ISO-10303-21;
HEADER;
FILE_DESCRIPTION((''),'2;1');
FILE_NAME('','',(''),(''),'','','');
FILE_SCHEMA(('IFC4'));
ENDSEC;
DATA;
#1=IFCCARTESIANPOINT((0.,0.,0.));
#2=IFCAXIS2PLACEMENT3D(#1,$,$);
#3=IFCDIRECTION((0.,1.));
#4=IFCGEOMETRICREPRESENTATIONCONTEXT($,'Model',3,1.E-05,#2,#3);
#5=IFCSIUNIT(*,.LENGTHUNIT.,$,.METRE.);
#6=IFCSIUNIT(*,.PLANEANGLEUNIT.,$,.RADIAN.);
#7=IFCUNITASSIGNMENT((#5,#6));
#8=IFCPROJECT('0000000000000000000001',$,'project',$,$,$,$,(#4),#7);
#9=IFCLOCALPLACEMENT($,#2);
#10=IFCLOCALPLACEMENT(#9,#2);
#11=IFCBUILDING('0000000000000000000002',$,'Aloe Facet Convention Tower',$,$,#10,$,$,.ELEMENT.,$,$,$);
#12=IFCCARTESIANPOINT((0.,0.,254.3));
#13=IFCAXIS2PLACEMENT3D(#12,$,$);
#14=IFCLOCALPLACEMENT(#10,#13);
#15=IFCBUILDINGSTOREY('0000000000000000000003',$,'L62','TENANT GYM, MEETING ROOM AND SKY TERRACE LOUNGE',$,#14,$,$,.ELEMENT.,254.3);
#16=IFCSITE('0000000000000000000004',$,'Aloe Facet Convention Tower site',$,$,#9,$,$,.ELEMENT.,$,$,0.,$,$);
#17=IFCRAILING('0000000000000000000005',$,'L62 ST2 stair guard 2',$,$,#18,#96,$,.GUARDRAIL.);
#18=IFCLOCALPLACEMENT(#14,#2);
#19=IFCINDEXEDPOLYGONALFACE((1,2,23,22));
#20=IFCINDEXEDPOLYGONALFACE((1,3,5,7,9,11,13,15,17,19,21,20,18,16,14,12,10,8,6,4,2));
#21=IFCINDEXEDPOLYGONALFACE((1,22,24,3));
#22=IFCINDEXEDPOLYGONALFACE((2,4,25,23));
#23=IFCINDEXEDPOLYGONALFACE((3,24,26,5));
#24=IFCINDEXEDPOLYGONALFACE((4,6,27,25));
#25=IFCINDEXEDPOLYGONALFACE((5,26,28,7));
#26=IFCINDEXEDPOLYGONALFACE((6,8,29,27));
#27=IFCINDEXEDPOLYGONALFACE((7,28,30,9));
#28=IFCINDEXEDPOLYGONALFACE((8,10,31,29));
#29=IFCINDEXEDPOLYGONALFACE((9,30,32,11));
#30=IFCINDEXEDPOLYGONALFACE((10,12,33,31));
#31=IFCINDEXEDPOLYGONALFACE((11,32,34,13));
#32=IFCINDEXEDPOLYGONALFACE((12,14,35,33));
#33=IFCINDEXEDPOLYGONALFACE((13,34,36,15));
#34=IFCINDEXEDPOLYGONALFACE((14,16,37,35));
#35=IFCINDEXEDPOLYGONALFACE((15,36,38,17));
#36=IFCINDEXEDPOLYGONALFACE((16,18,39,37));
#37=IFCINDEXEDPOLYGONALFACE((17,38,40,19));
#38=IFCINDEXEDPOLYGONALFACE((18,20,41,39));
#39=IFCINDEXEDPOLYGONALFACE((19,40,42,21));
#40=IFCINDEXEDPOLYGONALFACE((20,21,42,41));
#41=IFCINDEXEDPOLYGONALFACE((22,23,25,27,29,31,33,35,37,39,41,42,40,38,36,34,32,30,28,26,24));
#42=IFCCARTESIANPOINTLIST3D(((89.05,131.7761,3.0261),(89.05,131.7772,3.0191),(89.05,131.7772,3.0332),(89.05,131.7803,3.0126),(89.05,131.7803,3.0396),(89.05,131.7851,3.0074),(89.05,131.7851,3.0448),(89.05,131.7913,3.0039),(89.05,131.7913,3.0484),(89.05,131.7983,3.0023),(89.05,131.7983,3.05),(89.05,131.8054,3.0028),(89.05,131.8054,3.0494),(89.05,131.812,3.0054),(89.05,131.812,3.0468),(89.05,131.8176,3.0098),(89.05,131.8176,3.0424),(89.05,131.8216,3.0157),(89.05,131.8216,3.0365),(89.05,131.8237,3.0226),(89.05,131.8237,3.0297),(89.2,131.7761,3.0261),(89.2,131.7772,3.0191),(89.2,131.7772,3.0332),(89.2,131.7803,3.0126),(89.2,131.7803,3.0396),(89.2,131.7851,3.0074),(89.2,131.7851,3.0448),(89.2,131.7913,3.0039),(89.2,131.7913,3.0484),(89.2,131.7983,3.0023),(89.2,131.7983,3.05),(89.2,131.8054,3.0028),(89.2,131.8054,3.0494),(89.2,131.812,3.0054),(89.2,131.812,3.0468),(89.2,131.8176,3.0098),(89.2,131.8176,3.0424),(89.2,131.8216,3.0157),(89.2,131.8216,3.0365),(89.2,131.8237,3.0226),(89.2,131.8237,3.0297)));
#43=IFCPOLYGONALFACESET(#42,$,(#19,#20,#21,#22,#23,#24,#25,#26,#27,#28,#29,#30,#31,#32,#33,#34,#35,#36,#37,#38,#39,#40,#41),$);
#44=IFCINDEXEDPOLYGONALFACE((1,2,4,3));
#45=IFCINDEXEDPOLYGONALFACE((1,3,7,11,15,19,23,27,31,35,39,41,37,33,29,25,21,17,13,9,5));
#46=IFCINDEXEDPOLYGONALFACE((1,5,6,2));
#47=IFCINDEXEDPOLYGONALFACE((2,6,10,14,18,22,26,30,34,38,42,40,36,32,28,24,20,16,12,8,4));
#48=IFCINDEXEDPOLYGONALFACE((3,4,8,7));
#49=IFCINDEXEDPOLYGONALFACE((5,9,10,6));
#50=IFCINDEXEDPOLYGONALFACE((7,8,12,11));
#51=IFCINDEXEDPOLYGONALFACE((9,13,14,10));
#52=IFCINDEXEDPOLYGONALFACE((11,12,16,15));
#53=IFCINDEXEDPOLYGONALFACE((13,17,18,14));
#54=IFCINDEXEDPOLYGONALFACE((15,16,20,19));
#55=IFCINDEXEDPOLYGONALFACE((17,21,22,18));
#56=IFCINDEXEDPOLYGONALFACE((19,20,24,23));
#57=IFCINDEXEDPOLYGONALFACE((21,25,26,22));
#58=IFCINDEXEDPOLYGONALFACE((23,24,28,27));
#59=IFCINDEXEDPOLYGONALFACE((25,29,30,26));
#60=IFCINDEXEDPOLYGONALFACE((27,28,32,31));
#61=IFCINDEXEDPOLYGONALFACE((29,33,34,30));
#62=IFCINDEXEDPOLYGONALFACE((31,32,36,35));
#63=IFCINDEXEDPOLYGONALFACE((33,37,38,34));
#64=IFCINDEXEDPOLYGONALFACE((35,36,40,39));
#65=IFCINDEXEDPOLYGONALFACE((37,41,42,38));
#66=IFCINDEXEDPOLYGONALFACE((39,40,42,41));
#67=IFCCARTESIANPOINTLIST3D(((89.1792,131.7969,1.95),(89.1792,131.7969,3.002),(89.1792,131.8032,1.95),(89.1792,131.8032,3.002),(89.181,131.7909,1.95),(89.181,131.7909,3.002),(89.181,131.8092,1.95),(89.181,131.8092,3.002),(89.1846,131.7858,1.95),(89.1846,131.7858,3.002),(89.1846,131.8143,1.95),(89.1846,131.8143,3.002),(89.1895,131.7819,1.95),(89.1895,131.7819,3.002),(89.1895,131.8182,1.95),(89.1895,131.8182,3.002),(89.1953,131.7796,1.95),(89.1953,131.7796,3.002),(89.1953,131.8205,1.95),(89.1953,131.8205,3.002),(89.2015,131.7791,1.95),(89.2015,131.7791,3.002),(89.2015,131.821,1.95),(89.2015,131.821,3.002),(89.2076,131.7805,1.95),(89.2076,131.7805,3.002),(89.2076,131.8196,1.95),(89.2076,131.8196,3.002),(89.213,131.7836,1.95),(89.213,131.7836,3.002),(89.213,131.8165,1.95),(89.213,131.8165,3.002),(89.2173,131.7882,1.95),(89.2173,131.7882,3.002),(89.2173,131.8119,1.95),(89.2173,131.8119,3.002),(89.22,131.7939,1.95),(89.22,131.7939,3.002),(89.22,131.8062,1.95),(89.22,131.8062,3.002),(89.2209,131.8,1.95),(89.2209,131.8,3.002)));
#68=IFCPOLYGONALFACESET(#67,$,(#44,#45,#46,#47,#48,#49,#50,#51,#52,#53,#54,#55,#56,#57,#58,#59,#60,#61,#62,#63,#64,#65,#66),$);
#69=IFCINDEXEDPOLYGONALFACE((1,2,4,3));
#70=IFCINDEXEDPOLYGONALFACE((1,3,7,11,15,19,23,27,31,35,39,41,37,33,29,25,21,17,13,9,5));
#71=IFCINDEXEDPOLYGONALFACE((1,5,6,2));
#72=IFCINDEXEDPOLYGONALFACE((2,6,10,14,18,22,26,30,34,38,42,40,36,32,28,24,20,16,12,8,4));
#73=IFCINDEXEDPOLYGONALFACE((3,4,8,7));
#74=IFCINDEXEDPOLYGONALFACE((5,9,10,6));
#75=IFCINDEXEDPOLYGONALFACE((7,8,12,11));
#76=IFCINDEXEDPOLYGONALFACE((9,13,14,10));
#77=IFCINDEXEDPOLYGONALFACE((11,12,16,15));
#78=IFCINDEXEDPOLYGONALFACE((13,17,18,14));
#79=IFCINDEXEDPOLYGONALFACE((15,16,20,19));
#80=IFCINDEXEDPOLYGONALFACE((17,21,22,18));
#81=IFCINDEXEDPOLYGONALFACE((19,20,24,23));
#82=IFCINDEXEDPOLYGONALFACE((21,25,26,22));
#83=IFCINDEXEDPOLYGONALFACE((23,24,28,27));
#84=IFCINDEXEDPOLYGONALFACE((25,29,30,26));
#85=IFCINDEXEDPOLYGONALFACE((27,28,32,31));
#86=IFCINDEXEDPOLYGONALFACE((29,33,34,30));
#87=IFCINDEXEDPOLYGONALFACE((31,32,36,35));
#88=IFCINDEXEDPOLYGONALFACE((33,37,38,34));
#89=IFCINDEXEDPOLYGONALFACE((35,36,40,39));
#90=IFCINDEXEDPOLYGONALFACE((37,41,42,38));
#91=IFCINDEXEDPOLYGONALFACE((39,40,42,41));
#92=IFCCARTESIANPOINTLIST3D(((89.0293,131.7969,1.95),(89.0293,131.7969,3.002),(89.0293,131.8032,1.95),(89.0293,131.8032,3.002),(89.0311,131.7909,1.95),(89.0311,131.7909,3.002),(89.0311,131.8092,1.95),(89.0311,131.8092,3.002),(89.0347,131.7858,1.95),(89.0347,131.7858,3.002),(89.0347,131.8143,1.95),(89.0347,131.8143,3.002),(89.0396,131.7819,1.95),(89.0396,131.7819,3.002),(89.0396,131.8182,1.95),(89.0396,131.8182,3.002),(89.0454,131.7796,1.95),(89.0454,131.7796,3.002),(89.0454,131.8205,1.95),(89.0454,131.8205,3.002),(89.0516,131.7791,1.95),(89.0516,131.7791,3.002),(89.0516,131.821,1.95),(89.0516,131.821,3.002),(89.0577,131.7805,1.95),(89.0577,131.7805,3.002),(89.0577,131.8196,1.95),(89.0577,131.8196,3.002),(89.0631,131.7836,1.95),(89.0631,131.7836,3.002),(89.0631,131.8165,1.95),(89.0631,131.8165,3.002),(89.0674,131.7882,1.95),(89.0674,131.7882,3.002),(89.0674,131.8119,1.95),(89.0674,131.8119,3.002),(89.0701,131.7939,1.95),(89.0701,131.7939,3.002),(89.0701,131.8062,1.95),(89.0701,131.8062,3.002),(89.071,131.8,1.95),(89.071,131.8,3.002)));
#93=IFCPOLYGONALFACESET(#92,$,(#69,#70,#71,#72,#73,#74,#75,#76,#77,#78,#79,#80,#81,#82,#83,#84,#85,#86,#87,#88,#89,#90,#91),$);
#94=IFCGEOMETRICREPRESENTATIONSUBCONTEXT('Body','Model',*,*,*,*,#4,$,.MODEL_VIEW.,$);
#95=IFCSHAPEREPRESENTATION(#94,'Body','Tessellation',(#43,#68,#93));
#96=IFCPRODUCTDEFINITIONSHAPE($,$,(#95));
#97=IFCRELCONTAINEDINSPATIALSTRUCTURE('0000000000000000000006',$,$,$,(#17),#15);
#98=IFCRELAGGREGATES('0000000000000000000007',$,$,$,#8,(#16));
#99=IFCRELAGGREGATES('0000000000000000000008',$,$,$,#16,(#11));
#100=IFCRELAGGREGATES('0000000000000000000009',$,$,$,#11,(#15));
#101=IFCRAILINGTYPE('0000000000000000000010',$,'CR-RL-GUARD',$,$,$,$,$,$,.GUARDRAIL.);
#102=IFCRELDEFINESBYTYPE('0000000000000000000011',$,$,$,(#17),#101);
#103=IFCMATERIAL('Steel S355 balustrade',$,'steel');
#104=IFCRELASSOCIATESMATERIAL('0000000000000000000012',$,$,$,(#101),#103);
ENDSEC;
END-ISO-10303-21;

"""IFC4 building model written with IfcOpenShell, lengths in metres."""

from ifc_helpers import new_model, si_unit, direction, frame, origin, origin_2d, place, context, subcontext, project, spatial, circle, extrude, material, type_object, element, save


model = new_model("IFC4")

# Units and contexts
model_context = context("Model", 3, precision=1e-05, world=origin(), true_north=direction((0.0, 1.0)))
body_context = subcontext(model_context, "Body", "Model", "MODEL_VIEW")
ifc_project = project(units=[si_unit("LENGTHUNIT", "METRE"), si_unit("PLANEANGLEUNIT", "RADIAN")], contexts=[model_context])

# Site, building, storey
site_placement = place(None, origin())
site = spatial("IfcSite", under=ifc_project, at=site_placement, Name="Aloe Facet Convention Tower site", CompositionType="ELEMENT", RefElevation=0.0)
building_placement = place(site_placement, origin())
building = spatial("IfcBuilding", under=site, at=building_placement, Name="Aloe Facet Convention Tower", CompositionType="ELEMENT")
storey_placement = place(building_placement, frame((0.0, 0.0, 254.3)))
storey = spatial("IfcBuildingStorey", under=building, at=storey_placement, Name="L62", Description="TENANT GYM, MEETING ROOM AND SKY TERRACE LOUNGE", CompositionType="ELEMENT", Elevation=254.3)

# Railing
ifc_material_1 = material(Name="Steel S355 balustrade", Category="steel")
railing_type_1 = type_object("IfcRailingType", Name="CR-RL-GUARD", PredefinedType="GUARDRAIL", material=ifc_material_1)
railing_1_placement = place(storey_placement, frame((89.2, 131.8, 1.95)))
element("IfcRailing", 1, at=railing_1_placement, inside=storey, type_object=railing_type_1, Name="L62 ST2 stair guard 2", PredefinedType="GUARDRAIL", context=body_context, shape_type="SweptSolid", body=[
    extrude(circle(Radius=0.0239, at=origin_2d()), frame((0.0, 0.0, 1.0762), z_axis=(-1.0, 0.0, 0.0), x_axis=(0.0, -1.0, 0.0)), (0.0, 0.0, 1.0), 0.1499),
    extrude(circle(Radius=0.021, at=origin_2d()), origin(), (0.0, 0.0, 1.0), 1.052),
    extrude(circle(Radius=0.021, at=origin_2d()), frame((-0.1499, 0.0, 0.0)), (0.0, 0.0, 1.0), 1.052),
])

save(model, "model.ifc")
